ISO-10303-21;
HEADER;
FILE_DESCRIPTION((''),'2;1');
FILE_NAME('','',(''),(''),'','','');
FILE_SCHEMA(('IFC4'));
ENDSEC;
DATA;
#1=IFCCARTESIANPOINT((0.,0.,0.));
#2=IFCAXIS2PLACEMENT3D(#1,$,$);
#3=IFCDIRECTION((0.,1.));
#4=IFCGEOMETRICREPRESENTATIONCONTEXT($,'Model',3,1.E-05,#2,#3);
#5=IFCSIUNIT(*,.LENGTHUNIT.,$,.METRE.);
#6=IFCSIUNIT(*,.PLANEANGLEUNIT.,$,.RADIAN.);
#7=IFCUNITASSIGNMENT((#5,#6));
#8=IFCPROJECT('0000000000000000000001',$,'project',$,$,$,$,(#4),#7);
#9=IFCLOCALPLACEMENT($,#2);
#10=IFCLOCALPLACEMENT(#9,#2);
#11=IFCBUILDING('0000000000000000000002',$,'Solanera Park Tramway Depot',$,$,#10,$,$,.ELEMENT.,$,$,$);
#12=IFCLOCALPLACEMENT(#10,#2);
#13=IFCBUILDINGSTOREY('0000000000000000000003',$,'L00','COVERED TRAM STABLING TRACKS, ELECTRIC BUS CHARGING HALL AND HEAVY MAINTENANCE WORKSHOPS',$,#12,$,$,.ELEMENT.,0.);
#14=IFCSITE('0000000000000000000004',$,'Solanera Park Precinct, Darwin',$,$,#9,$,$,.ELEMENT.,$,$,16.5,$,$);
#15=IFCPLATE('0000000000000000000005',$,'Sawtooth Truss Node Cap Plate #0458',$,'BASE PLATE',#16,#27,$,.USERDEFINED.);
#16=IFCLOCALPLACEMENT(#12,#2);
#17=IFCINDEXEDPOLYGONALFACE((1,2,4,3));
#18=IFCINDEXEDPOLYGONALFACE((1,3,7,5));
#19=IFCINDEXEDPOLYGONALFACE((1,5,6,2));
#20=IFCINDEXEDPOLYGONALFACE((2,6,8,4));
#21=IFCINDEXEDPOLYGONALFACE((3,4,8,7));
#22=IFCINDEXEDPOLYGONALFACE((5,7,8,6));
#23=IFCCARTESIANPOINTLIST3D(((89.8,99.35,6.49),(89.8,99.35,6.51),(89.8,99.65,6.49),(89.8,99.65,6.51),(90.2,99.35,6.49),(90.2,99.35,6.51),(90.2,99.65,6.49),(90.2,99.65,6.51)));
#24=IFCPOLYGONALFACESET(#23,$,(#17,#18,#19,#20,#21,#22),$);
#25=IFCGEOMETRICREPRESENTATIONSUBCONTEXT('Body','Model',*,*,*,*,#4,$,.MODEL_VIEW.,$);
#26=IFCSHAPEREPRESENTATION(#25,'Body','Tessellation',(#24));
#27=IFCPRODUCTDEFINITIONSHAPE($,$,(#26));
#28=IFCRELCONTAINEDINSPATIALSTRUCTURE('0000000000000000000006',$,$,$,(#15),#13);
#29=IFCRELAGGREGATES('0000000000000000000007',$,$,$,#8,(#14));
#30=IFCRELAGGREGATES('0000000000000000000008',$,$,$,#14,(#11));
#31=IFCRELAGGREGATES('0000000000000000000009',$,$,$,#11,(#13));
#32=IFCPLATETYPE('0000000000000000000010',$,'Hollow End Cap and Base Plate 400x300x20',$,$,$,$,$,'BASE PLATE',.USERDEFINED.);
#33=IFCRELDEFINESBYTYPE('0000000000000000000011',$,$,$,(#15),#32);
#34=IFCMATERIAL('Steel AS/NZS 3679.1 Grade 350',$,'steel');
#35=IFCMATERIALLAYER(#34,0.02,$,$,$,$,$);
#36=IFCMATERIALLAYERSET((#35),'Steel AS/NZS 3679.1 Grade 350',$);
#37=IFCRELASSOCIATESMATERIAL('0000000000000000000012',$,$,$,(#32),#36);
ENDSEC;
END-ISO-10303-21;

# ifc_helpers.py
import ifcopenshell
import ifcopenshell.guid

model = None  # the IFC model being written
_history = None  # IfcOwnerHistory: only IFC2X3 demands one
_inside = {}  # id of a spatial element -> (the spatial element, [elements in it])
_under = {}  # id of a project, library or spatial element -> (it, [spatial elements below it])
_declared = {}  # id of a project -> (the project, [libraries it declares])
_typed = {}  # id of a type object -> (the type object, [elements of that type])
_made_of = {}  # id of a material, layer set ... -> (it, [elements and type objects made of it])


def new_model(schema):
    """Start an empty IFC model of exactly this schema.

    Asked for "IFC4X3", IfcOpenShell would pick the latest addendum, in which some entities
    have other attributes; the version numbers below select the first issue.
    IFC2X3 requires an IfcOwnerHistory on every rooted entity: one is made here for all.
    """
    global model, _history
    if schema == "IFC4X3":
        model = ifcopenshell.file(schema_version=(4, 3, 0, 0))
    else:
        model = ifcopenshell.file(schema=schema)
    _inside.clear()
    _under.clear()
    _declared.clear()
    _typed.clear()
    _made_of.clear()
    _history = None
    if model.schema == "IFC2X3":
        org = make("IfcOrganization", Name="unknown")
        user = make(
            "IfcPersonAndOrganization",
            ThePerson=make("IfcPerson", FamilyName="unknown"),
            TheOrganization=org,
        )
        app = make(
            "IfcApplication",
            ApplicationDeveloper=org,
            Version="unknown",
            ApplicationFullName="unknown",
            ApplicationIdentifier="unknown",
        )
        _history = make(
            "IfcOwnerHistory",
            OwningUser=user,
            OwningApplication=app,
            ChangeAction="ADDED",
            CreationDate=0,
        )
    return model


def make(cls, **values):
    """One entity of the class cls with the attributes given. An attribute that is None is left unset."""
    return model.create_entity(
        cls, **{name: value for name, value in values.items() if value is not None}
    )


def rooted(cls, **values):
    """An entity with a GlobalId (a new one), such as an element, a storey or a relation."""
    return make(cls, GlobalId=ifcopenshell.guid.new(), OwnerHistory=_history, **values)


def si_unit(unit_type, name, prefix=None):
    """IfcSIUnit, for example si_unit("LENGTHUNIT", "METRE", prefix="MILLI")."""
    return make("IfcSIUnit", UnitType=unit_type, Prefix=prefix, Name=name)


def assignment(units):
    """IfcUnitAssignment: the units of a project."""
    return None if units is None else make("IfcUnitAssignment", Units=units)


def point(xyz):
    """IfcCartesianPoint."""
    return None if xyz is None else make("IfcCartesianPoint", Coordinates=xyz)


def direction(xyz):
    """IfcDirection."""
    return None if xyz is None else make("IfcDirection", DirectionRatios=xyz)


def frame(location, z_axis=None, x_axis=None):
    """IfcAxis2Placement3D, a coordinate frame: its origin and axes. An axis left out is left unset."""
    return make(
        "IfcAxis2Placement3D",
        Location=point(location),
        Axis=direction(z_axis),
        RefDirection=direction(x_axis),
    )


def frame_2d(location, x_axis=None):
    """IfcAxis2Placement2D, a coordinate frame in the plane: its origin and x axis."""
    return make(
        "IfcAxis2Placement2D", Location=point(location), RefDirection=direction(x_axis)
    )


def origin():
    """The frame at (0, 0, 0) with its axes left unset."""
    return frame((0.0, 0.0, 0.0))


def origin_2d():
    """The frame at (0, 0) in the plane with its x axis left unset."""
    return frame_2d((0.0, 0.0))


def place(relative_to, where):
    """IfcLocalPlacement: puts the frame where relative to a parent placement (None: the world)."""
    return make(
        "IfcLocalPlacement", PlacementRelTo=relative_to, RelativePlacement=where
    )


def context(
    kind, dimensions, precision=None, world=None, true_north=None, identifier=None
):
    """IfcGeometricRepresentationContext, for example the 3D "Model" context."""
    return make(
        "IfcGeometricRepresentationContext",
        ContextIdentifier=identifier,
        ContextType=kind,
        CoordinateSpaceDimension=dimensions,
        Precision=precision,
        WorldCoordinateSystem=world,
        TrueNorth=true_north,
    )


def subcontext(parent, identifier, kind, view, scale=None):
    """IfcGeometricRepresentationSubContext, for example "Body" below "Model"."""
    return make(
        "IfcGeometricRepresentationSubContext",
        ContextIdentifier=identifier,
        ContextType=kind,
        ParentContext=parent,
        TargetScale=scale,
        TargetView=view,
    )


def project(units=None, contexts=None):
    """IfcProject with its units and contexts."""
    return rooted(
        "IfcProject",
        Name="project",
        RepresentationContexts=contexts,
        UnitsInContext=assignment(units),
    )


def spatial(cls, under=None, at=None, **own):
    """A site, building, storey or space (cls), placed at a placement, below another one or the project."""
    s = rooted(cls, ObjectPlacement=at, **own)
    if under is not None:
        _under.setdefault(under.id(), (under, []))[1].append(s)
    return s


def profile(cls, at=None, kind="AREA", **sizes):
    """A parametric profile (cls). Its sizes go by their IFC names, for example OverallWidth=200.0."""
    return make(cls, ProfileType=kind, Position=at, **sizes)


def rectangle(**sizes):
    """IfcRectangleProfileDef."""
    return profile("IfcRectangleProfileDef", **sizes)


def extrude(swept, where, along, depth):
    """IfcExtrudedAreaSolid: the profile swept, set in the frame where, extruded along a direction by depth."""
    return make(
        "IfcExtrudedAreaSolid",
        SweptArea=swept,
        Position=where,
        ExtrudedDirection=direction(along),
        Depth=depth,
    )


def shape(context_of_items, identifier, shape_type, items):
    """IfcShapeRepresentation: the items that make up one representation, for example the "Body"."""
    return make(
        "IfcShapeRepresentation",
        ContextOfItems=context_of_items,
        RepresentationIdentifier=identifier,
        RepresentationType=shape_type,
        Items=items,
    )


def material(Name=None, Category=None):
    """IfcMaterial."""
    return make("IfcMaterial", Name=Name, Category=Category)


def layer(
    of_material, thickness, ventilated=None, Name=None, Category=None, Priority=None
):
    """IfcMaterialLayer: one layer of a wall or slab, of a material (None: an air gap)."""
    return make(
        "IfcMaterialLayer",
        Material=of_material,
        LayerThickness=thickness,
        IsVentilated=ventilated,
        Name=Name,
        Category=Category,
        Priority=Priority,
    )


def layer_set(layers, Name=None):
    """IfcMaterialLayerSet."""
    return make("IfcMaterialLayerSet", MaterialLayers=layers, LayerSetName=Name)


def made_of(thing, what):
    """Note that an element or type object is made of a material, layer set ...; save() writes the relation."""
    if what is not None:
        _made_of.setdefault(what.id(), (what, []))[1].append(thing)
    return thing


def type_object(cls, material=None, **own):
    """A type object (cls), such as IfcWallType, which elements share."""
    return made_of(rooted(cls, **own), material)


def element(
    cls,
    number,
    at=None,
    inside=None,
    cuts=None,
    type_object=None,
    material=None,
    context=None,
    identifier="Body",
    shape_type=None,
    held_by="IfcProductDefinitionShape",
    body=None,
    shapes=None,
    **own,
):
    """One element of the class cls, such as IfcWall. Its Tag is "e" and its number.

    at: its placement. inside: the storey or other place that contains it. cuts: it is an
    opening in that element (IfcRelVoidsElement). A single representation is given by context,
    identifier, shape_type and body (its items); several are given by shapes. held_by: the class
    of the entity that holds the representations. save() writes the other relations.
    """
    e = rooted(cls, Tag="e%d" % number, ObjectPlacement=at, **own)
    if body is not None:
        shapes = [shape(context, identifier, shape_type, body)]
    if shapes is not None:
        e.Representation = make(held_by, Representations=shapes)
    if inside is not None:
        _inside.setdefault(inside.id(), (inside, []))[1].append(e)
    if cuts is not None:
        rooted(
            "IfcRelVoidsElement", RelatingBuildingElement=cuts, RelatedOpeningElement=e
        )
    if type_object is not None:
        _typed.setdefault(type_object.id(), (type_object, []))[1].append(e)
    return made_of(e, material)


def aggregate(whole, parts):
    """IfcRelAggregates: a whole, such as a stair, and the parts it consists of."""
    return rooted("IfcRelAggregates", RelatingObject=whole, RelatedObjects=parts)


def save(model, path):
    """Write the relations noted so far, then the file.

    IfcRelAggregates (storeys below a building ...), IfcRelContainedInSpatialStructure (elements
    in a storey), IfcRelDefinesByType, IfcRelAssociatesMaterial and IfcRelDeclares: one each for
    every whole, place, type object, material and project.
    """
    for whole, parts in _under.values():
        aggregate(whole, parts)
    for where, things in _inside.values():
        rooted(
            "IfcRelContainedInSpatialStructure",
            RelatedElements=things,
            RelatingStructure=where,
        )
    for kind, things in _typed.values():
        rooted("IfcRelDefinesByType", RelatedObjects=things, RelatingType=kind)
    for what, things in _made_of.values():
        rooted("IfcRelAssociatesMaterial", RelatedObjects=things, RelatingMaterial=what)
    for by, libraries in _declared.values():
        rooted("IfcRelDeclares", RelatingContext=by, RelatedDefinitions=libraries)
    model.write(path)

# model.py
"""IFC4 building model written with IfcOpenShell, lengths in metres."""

from ifc_helpers import new_model, si_unit, direction, frame, origin, origin_2d, place, context, subcontext, project, spatial, rectangle, extrude, material, layer, layer_set, type_object, element, save


model = new_model("IFC4")

# Units and contexts
model_context = context("Model", 3, precision=1e-05, world=origin(), true_north=direction((0.0, 1.0)))
body_context = subcontext(model_context, "Body", "Model", "MODEL_VIEW")
ifc_project = project(units=[si_unit("LENGTHUNIT", "METRE"), si_unit("PLANEANGLEUNIT", "RADIAN")], contexts=[model_context])

# Site, building, storey
site_placement = place(None, origin())
site = spatial("IfcSite", under=ifc_project, at=site_placement, Name="Solanera Park Precinct, Darwin", CompositionType="ELEMENT", RefElevation=16.5)
building_placement = place(site_placement, origin())
building = spatial("IfcBuilding", under=site, at=building_placement, Name="Solanera Park Tramway Depot", CompositionType="ELEMENT")
storey_placement = place(building_placement, origin())
storey = spatial("IfcBuildingStorey", under=building, at=storey_placement, Name="L00", Description="COVERED TRAM STABLING TRACKS, ELECTRIC BUS CHARGING HALL AND HEAVY MAINTENANCE WORKSHOPS", CompositionType="ELEMENT", Elevation=0.0)

# Plate
ifc_material_1 = material(Name="Steel AS/NZS 3679.1 Grade 350", Category="steel")
ifc_layer_1 = layer(ifc_material_1, 0.02)
ifc_layer_set_1 = layer_set([ifc_layer_1], Name="Steel AS/NZS 3679.1 Grade 350")
plate_type_1 = type_object("IfcPlateType", Name="Hollow End Cap and Base Plate 400x300x20", ElementType="BASE PLATE", PredefinedType="USERDEFINED", material=ifc_layer_set_1)
plate_1_placement = place(storey_placement, frame((90.0, 99.5, 6.49), z_axis=(0.0, 0.0, 1.0), x_axis=(1.0, 0.0, 0.0)))
element("IfcPlate", 1, at=plate_1_placement, inside=storey, type_object=plate_type_1, Name="Sawtooth Truss Node Cap Plate #0458", ObjectType="BASE PLATE", PredefinedType="USERDEFINED", context=body_context, shape_type="SweptSolid", body=[
    extrude(rectangle(XDim=0.3999, YDim=0.3, at=origin_2d()), origin(), (0.0, 0.0, 1.0), 0.02),
])

save(model, "model.ifc")
